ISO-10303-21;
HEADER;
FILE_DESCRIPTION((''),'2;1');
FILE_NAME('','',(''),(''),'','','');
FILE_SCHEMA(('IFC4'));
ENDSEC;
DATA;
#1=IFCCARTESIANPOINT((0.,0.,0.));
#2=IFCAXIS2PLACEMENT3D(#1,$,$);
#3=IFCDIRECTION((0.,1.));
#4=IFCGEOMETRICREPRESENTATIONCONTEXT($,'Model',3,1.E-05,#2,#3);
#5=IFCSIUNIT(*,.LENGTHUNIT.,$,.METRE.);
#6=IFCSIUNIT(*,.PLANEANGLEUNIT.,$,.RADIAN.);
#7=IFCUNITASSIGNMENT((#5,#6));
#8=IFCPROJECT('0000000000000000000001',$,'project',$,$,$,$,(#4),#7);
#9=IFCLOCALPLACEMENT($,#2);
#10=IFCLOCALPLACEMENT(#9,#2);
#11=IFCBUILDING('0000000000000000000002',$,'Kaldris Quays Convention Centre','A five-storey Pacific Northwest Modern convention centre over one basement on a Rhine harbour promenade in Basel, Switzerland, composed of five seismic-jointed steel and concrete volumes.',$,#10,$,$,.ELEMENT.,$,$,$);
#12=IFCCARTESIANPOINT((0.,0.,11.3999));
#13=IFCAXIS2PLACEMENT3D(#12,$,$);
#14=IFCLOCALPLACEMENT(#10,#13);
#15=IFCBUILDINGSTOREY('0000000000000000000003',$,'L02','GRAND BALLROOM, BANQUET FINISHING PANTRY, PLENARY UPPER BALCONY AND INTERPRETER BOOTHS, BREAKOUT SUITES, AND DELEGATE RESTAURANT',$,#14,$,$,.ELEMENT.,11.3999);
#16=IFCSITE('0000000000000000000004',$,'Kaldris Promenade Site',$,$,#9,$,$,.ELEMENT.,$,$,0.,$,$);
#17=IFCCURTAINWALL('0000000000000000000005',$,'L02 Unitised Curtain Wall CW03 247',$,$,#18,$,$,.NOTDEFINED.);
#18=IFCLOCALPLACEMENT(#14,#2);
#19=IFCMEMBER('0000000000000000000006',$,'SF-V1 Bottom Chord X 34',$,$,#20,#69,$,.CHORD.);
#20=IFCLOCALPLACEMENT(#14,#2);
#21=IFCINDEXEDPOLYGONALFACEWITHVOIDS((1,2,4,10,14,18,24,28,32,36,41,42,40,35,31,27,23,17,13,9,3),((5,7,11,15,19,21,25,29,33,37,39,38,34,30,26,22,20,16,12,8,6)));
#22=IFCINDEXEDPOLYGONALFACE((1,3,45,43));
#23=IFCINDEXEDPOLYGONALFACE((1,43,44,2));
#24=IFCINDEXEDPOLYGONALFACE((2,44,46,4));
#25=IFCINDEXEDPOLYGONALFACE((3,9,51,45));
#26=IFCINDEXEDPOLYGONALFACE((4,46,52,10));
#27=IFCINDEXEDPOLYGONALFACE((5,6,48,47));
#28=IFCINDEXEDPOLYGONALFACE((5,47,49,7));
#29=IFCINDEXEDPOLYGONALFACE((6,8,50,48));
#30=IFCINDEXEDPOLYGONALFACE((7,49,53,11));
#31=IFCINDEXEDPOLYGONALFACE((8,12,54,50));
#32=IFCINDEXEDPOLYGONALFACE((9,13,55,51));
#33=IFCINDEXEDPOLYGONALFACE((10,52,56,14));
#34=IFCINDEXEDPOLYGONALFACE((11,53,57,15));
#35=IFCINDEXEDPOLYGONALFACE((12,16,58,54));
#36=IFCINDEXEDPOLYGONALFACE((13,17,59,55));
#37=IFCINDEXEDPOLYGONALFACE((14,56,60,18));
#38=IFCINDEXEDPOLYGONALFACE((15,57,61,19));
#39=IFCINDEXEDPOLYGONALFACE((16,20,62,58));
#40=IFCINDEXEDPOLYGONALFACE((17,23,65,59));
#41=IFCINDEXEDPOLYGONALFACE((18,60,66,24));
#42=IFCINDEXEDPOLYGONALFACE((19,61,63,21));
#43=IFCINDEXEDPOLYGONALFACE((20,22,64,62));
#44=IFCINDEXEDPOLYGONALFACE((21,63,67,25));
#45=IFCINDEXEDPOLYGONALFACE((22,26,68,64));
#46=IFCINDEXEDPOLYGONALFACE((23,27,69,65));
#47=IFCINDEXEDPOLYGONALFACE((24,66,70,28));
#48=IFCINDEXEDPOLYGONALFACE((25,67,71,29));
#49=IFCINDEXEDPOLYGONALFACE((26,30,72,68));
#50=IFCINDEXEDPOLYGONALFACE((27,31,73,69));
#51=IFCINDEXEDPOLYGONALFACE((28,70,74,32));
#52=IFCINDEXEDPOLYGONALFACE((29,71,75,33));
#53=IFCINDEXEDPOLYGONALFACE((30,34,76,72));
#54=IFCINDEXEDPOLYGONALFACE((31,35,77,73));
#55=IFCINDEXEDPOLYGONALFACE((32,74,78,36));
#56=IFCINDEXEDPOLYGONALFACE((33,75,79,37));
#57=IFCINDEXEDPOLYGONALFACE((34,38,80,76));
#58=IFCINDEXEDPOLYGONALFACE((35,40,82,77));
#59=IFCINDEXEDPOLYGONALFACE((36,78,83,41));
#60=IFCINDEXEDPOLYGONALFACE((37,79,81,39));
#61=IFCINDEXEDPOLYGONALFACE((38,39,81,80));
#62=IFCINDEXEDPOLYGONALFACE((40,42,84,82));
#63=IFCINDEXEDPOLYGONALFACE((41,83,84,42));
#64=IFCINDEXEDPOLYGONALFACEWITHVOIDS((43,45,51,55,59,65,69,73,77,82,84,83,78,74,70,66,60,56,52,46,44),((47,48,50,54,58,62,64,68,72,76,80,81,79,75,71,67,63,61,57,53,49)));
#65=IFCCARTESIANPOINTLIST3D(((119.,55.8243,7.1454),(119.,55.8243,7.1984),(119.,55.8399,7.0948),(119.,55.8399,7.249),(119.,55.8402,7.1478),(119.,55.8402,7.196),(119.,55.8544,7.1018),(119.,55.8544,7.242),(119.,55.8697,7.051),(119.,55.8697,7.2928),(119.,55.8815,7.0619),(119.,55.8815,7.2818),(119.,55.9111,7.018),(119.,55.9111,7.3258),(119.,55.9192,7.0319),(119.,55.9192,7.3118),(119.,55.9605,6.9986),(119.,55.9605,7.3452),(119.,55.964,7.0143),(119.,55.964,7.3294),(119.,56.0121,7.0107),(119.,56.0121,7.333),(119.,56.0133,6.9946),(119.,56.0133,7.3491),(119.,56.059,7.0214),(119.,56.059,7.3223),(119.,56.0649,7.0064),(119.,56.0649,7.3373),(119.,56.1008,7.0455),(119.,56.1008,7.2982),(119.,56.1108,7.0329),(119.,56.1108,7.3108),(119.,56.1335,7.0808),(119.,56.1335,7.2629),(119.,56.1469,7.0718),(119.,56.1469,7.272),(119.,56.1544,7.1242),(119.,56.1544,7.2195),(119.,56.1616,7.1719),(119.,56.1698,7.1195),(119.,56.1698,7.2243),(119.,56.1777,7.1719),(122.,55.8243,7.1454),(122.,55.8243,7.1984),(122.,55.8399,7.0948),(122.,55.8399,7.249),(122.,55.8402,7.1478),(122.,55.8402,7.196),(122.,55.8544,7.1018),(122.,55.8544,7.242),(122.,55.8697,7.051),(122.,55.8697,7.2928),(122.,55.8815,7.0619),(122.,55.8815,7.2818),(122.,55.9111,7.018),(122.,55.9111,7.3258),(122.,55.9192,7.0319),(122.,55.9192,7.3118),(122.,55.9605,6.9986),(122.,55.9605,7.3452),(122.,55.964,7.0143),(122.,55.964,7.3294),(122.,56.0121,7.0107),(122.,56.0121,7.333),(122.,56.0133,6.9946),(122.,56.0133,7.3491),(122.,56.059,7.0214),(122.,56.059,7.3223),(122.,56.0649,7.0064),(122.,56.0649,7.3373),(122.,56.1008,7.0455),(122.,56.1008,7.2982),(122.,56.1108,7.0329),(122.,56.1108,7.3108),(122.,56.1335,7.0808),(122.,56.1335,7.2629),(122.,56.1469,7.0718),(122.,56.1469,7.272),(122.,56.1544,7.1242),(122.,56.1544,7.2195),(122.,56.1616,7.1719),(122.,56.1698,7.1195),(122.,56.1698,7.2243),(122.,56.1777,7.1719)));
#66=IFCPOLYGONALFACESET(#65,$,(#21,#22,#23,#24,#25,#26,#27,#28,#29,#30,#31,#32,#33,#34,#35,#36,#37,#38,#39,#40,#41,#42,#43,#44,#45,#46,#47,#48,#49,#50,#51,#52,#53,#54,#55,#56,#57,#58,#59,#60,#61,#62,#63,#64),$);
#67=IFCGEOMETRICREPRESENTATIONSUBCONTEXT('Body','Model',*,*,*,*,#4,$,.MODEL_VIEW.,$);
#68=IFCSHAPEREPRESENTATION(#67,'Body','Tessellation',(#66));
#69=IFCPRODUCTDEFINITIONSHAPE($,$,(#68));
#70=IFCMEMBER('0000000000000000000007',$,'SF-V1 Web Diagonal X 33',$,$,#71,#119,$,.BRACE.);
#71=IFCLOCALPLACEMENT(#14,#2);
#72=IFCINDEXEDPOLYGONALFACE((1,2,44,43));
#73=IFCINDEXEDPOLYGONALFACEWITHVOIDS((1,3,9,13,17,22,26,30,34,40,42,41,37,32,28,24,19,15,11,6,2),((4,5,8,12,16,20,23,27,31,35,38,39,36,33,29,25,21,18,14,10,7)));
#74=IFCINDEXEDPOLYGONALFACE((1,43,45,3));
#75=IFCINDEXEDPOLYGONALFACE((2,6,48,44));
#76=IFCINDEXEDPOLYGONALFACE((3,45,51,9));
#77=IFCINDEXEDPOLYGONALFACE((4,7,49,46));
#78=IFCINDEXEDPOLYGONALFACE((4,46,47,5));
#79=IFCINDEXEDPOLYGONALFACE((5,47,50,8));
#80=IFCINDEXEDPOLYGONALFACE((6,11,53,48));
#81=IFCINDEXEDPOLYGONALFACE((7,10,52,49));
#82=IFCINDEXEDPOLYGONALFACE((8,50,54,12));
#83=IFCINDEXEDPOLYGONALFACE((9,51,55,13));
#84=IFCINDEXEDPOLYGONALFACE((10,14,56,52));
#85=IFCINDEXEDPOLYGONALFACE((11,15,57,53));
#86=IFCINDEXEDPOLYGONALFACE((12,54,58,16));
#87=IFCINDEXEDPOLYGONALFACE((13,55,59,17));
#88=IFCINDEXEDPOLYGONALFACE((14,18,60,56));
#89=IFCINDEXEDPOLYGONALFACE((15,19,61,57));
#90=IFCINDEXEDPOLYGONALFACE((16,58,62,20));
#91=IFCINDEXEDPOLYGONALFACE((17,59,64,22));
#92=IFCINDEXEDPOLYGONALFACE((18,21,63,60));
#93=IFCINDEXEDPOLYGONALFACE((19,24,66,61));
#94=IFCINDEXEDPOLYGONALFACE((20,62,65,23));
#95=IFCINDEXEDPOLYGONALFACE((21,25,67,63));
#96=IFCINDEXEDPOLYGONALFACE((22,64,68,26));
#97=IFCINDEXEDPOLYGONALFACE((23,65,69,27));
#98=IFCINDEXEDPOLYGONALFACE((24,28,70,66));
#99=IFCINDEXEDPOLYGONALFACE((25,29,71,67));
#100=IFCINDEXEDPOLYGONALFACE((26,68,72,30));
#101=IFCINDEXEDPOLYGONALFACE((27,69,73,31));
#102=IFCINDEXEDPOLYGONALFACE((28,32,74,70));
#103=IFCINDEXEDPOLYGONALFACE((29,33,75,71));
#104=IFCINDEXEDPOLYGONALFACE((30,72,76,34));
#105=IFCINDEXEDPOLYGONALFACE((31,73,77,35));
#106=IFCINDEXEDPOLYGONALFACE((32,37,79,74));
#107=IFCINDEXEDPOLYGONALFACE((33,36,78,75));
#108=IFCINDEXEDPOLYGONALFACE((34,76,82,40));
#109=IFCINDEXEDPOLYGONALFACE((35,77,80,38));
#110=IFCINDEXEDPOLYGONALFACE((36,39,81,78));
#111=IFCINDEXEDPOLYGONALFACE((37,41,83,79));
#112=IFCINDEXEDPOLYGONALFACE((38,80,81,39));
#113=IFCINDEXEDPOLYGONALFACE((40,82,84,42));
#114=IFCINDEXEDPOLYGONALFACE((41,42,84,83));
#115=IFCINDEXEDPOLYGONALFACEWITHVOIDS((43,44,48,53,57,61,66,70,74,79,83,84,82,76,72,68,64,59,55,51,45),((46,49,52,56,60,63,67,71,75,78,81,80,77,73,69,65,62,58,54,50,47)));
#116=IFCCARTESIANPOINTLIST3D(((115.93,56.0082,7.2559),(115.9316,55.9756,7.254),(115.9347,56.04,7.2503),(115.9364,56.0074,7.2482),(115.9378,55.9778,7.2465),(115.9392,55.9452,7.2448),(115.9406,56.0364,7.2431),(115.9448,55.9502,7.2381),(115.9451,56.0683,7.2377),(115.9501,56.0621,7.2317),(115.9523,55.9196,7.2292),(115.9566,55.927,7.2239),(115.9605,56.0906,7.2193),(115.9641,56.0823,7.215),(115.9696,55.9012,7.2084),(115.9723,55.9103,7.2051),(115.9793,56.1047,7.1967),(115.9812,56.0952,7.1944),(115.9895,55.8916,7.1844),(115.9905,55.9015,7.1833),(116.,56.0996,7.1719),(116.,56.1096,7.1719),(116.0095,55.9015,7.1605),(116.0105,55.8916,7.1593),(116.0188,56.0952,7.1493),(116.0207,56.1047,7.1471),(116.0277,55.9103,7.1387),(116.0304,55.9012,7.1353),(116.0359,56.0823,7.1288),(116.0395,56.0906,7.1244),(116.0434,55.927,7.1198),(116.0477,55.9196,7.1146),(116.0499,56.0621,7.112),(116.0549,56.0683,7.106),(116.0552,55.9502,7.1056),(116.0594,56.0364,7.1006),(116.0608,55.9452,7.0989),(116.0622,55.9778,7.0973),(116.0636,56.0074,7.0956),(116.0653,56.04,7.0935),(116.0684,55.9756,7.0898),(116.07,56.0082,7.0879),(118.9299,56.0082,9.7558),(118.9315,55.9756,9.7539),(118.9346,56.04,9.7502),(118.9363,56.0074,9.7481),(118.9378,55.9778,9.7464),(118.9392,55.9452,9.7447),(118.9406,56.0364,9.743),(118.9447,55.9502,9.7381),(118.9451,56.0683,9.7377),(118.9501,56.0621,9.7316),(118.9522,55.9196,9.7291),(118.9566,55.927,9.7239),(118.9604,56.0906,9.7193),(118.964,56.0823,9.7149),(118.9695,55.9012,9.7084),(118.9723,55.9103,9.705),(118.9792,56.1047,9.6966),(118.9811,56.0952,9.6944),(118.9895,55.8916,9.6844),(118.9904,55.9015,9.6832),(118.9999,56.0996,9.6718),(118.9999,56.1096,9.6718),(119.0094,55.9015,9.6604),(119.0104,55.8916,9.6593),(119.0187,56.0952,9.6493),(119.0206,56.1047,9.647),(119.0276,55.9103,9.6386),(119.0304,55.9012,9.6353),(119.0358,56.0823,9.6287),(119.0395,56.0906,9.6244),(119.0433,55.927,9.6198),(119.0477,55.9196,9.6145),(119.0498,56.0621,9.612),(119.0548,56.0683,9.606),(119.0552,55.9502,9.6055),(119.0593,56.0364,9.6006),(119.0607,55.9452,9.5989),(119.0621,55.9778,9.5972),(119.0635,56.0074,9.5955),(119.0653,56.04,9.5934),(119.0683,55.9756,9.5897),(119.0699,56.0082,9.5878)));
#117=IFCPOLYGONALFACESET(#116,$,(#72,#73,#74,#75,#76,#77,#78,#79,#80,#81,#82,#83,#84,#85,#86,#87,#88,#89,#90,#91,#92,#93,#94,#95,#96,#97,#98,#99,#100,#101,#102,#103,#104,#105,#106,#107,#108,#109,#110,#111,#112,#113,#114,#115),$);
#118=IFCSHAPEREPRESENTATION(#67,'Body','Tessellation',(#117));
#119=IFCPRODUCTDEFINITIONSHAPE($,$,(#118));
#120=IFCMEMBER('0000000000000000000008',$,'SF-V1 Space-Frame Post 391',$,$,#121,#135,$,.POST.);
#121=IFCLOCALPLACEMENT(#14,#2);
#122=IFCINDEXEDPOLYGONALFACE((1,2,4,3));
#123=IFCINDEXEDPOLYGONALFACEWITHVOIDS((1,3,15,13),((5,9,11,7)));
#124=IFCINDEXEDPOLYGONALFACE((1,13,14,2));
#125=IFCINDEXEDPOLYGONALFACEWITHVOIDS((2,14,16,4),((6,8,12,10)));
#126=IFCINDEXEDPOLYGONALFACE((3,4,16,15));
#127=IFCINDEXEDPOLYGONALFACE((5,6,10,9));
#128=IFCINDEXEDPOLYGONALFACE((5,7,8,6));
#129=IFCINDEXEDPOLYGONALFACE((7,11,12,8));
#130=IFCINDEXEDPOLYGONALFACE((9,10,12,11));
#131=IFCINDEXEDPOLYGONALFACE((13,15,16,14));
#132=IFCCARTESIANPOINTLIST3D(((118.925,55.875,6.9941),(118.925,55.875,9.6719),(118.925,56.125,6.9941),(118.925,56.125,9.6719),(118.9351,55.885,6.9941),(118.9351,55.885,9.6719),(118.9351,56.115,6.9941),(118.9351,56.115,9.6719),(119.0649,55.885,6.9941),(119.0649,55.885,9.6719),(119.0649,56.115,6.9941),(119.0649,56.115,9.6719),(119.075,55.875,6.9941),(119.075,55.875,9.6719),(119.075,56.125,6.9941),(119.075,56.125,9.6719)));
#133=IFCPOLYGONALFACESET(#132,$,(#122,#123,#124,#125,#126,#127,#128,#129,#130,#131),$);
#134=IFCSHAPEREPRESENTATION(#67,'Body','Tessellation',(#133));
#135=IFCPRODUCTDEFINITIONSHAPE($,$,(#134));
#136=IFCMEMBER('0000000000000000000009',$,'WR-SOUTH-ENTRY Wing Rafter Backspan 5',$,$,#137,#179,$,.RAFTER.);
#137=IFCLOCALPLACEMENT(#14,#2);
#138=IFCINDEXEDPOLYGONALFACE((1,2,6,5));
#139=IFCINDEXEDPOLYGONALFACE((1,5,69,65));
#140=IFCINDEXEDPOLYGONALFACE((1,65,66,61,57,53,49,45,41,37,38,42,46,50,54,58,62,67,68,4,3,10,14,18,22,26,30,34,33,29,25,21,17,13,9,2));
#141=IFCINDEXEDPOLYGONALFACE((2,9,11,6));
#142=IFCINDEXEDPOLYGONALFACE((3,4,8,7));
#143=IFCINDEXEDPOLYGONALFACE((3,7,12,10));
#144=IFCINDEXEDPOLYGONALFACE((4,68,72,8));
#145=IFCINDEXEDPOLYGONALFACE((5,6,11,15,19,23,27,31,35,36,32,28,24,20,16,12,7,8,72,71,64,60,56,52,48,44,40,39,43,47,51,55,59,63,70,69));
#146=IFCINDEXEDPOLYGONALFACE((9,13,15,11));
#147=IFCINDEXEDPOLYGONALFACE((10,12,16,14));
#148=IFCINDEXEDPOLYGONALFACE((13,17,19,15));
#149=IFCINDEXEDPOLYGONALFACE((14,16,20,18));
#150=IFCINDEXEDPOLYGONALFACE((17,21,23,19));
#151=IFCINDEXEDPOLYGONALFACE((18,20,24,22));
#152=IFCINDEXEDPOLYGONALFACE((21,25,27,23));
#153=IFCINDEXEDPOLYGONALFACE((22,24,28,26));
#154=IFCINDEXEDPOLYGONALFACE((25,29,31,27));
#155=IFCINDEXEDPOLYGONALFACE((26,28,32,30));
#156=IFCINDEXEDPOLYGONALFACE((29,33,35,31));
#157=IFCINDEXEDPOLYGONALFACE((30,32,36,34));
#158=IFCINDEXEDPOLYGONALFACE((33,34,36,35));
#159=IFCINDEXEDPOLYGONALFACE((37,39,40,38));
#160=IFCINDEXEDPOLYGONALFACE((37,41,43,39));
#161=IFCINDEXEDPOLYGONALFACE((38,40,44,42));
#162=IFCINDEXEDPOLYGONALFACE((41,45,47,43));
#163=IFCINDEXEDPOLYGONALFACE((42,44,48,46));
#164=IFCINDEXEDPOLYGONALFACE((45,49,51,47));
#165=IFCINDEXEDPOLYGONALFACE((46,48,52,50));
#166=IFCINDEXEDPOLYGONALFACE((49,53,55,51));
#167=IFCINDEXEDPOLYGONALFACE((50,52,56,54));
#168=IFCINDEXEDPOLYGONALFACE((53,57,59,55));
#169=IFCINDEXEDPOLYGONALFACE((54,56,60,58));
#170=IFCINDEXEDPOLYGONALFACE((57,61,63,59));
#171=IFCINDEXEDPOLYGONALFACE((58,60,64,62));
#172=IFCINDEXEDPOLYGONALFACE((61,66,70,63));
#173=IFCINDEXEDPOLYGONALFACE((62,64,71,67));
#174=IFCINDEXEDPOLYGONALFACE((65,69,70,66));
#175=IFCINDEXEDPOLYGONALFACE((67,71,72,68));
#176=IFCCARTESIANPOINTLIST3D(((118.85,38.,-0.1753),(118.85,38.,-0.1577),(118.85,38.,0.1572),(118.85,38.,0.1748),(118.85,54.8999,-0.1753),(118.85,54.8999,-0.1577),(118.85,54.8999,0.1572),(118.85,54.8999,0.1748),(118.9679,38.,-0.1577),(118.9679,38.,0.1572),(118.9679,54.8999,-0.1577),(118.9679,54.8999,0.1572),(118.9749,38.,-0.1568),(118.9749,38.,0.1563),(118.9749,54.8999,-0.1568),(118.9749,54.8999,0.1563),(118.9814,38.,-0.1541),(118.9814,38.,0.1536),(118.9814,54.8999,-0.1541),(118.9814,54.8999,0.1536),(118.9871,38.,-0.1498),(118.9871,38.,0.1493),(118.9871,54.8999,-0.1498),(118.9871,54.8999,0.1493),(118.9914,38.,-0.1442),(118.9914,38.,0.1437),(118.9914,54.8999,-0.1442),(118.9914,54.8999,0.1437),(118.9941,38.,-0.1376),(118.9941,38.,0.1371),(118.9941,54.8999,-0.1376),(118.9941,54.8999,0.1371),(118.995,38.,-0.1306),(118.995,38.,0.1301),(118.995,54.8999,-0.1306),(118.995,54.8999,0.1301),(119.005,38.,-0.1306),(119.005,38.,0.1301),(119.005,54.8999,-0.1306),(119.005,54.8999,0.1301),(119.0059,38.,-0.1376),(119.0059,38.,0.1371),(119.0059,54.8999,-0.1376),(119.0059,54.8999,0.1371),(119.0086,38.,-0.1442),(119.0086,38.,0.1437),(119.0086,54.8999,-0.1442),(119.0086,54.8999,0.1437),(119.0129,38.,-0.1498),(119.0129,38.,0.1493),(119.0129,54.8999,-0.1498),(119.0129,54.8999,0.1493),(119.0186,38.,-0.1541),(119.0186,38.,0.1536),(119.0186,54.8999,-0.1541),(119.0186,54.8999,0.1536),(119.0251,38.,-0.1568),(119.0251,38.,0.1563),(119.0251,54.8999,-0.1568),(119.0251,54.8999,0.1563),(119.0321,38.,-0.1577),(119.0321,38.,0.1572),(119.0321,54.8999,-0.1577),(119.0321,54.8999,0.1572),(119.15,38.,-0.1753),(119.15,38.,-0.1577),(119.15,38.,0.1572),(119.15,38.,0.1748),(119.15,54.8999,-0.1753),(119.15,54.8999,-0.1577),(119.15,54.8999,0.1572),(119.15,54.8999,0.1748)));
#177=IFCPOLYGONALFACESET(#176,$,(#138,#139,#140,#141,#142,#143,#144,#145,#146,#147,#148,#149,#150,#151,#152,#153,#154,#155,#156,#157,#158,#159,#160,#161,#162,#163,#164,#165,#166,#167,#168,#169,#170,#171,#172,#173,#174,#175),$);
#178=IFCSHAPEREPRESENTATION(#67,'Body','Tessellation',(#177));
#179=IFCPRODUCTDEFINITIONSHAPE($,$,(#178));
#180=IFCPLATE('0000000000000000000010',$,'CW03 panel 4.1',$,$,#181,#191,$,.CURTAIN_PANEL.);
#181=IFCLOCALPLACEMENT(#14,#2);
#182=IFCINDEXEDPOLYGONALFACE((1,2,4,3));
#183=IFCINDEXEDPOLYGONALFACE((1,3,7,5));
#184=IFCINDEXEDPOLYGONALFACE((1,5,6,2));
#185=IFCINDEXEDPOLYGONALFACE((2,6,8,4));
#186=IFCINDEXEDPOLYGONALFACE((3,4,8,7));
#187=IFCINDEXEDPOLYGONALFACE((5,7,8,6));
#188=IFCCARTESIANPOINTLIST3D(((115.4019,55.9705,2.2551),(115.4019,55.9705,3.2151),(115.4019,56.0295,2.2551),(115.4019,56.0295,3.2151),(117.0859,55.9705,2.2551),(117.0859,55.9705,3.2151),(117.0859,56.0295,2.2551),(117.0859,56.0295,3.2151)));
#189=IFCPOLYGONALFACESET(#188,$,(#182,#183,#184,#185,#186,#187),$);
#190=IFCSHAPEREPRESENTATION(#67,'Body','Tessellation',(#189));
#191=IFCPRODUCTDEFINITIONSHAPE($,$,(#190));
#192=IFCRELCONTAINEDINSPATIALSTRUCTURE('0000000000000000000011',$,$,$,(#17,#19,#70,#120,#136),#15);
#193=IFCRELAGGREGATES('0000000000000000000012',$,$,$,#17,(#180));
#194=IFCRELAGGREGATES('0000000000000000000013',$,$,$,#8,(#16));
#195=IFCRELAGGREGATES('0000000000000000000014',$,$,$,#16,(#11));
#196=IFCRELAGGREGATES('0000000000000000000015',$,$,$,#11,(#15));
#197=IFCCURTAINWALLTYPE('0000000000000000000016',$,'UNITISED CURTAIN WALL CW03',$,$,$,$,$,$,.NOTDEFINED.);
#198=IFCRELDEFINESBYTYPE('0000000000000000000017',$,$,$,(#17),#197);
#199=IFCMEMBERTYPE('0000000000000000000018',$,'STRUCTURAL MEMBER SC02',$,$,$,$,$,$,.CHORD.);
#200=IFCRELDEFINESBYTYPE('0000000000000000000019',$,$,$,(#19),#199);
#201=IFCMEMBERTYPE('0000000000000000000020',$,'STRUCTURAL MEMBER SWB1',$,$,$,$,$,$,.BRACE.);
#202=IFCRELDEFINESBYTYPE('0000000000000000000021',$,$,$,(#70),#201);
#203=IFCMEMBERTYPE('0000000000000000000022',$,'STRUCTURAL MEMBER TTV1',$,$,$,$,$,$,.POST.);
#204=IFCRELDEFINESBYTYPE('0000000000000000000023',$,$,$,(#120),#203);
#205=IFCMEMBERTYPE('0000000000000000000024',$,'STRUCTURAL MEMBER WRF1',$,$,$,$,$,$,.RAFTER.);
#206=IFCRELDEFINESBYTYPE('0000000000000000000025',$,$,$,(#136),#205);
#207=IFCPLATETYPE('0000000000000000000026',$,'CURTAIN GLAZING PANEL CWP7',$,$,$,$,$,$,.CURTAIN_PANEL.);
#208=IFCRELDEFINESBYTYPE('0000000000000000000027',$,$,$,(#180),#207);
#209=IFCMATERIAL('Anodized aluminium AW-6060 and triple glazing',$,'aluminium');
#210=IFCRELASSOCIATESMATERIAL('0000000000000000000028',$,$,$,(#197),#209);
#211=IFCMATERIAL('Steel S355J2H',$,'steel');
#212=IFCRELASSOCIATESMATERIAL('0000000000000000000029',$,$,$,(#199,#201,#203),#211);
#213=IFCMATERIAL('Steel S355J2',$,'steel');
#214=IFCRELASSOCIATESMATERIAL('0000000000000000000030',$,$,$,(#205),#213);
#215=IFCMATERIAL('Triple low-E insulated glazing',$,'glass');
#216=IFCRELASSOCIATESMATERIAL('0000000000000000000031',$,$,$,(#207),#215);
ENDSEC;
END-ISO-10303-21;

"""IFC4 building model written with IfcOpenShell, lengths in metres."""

from ifc_helpers import new_model, si_unit, direction, frame, origin, origin_2d, place, context, subcontext, project, spatial, rectangle, hollow_rectangle, hollow_circle, i_section, extrude, material, material_profile, profile_set, type_object, element, aggregate, save


model = new_model("IFC4")

# Units and contexts
model_context = context("Model", 3, precision=1e-05, world=origin(), true_north=direction((0.0, 1.0)))
body_context = subcontext(model_context, "Body", "Model", "MODEL_VIEW")
ifc_project = project(units=[si_unit("LENGTHUNIT", "METRE"), si_unit("PLANEANGLEUNIT", "RADIAN")], contexts=[model_context])

# Site, building, storey
site_placement = place(None, origin())
site = spatial("IfcSite", under=ifc_project, at=site_placement, Name="Kaldris Promenade Site", CompositionType="ELEMENT", RefElevation=0.0)
building_placement = place(site_placement, origin())
building = spatial("IfcBuilding", under=site, at=building_placement, Name="Kaldris Quays Convention Centre", Description="A five-storey Pacific Northwest Modern convention centre over one basement on a Rhine harbour promenade in Basel, Switzerland, composed of five seismic-jointed steel and concrete volumes.", CompositionType="ELEMENT")
storey_placement = place(building_placement, frame((0.0, 0.0, 11.3999)))
storey = spatial("IfcBuildingStorey", under=building, at=storey_placement, Name="L02", Description="GRAND BALLROOM, BANQUET FINISHING PANTRY, PLENARY UPPER BALCONY AND INTERPRETER BOOTHS, BREAKOUT SUITES, AND DELEGATE RESTAURANT", CompositionType="ELEMENT", Elevation=11.3999)

# Shared definitions
ifc_material_1 = material(Name="Steel S355J2", Category="steel")

# Curtain wall
ifc_material_2 = material(Name="Anodized aluminium AW-6060 and triple glazing", Category="aluminium")
curtain_wall_type = type_object("IfcCurtainWallType", Name="UNITISED CURTAIN WALL CW03", PredefinedType="NOTDEFINED", material=ifc_material_2)
curtain_wall_1_placement = place(storey_placement, origin())
curtain_wall_1 = element("IfcCurtainWall", 1, at=curtain_wall_1_placement, inside=storey, type_object=curtain_wall_type, Name="L02 Unitised Curtain Wall CW03 247", PredefinedType="NOTDEFINED")

# Members
ifc_material_3 = material(Name="Steel S355J2H", Category="steel")
ifc_material_profile_1 = material_profile(ifc_material_3, hollow_circle(Radius=0.1777, WallThickness=0.0161, at=origin_2d()), Name="CHS 355.6x16")
ifc_profile_set_1 = profile_set([ifc_material_profile_1], Name="Steel S355J2H")
member_type_1 = type_object("IfcMemberType", Name="STRUCTURAL MEMBER SC02", PredefinedType="CHORD", material=ifc_profile_set_1)
for number, where, z_axis, x_axis, name in (
    (2, (119.0, 56.0, 7.1719), (1.0, 0.0, 0.0), (0.0, 1.0, 0.0), "SF-V1 Bottom Chord X 34"),
):
    element("IfcMember", number, at=place(storey_placement, frame(where, z_axis=z_axis, x_axis=x_axis)), inside=storey, type_object=member_type_1, Name=name, PredefinedType="CHORD", context=body_context, shape_type="SweptSolid", body=[
        extrude(hollow_circle(Radius=0.1777, WallThickness=0.0161, at=origin_2d()), origin(), (0.0, 0.0, 1.0), 3.0),
    ])
ifc_material_profile_2 = material_profile(ifc_material_3, hollow_circle(Radius=0.1096, WallThickness=0.01, at=origin_2d()), Name="CHS 219.1x10")
ifc_profile_set_2 = profile_set([ifc_material_profile_2], Name="Steel S355J2H")
member_type_2 = type_object("IfcMemberType", Name="STRUCTURAL MEMBER SWB1", PredefinedType="BRACE", material=ifc_profile_set_2)
member_1_placement = place(storey_placement, frame((116.0, 56.0, 7.1719), z_axis=(0.768221, 0.0, 0.640184), x_axis=(0.0, 1.0, 0.0)))
element("IfcMember", 3, at=member_1_placement, inside=storey, type_object=member_type_2, Name="SF-V1 Web Diagonal X 33", PredefinedType="BRACE", context=body_context, shape_type="SweptSolid", body=[
    extrude(hollow_circle(Radius=0.1096, WallThickness=0.01, at=origin_2d()), origin(), (0.0, 0.0, 1.0), 3.905),
])
ifc_material_profile_3 = material_profile(ifc_material_3, hollow_rectangle(XDim=0.1499, YDim=0.25, WallThickness=0.01, at=origin_2d()), Name="RHS 250x150x10")
ifc_profile_set_3 = profile_set([ifc_material_profile_3], Name="Steel S355J2H")
member_type_3 = type_object("IfcMemberType", Name="STRUCTURAL MEMBER TTV1", PredefinedType="POST", material=ifc_profile_set_3)
member_2_placement = place(storey_placement, frame((119.0, 56.0, 6.9941), z_axis=(0.0, 0.0, 1.0), x_axis=(1.0, 0.0, 0.0)))
element("IfcMember", 4, at=member_2_placement, inside=storey, type_object=member_type_3, Name="SF-V1 Space-Frame Post 391", PredefinedType="POST", context=body_context, shape_type="SweptSolid", body=[
    extrude(hollow_rectangle(XDim=0.1499, YDim=0.25, WallThickness=0.01, at=origin_2d()), origin(), (0.0, 0.0, 1.0), 2.6777),
])
ifc_material_profile_4 = material_profile(ifc_material_1, i_section(OverallWidth=0.3, OverallDepth=0.3501, WebThickness=0.01, FlangeThickness=0.0176, FilletRadius=0.0271, at=origin_2d()), Name="HEA 360")
ifc_profile_set_4 = profile_set([ifc_material_profile_4], Name="Steel S355J2")
member_type_4 = type_object("IfcMemberType", Name="STRUCTURAL MEMBER WRF1", PredefinedType="RAFTER", material=ifc_profile_set_4)
member_3_placement = place(storey_placement, frame((119.0, 54.8999, -0.0002), z_axis=(0.0, -1.0, 0.0), x_axis=(1.0, 0.0, 0.0)))
element("IfcMember", 5, at=member_3_placement, inside=storey, type_object=member_type_4, Name="WR-SOUTH-ENTRY Wing Rafter Backspan 5", PredefinedType="RAFTER", context=body_context, shape_type="SweptSolid", body=[
    extrude(i_section(OverallWidth=0.3, OverallDepth=0.3501, WebThickness=0.01, FlangeThickness=0.0176, FilletRadius=0.0271, at=origin_2d()), origin(), (0.0, 0.0, 1.0), 16.8999),
])

# Plate
ifc_material_4 = material(Name="Triple low-E insulated glazing", Category="glass")
plate_type = type_object("IfcPlateType", Name="CURTAIN GLAZING PANEL CWP7", PredefinedType="CURTAIN_PANEL", material=ifc_material_4)
plate_1_placement = place(storey_placement, frame((116.2439, 56.0, 2.2551), z_axis=(0.0, 0.0, 1.0), x_axis=(1.0, 0.0, 0.0)))
plate_1 = element("IfcPlate", 6, at=plate_1_placement, type_object=plate_type, Name="CW03 panel 4.1", PredefinedType="CURTAIN_PANEL", context=body_context, shape_type="SweptSolid", body=[
    extrude(rectangle(XDim=1.6841, YDim=0.0591, at=origin_2d()), origin(), (0.0, 0.0, 1.0), 0.96),
])
aggregate(curtain_wall_1, [plate_1])

save(model, "model.ifc")
